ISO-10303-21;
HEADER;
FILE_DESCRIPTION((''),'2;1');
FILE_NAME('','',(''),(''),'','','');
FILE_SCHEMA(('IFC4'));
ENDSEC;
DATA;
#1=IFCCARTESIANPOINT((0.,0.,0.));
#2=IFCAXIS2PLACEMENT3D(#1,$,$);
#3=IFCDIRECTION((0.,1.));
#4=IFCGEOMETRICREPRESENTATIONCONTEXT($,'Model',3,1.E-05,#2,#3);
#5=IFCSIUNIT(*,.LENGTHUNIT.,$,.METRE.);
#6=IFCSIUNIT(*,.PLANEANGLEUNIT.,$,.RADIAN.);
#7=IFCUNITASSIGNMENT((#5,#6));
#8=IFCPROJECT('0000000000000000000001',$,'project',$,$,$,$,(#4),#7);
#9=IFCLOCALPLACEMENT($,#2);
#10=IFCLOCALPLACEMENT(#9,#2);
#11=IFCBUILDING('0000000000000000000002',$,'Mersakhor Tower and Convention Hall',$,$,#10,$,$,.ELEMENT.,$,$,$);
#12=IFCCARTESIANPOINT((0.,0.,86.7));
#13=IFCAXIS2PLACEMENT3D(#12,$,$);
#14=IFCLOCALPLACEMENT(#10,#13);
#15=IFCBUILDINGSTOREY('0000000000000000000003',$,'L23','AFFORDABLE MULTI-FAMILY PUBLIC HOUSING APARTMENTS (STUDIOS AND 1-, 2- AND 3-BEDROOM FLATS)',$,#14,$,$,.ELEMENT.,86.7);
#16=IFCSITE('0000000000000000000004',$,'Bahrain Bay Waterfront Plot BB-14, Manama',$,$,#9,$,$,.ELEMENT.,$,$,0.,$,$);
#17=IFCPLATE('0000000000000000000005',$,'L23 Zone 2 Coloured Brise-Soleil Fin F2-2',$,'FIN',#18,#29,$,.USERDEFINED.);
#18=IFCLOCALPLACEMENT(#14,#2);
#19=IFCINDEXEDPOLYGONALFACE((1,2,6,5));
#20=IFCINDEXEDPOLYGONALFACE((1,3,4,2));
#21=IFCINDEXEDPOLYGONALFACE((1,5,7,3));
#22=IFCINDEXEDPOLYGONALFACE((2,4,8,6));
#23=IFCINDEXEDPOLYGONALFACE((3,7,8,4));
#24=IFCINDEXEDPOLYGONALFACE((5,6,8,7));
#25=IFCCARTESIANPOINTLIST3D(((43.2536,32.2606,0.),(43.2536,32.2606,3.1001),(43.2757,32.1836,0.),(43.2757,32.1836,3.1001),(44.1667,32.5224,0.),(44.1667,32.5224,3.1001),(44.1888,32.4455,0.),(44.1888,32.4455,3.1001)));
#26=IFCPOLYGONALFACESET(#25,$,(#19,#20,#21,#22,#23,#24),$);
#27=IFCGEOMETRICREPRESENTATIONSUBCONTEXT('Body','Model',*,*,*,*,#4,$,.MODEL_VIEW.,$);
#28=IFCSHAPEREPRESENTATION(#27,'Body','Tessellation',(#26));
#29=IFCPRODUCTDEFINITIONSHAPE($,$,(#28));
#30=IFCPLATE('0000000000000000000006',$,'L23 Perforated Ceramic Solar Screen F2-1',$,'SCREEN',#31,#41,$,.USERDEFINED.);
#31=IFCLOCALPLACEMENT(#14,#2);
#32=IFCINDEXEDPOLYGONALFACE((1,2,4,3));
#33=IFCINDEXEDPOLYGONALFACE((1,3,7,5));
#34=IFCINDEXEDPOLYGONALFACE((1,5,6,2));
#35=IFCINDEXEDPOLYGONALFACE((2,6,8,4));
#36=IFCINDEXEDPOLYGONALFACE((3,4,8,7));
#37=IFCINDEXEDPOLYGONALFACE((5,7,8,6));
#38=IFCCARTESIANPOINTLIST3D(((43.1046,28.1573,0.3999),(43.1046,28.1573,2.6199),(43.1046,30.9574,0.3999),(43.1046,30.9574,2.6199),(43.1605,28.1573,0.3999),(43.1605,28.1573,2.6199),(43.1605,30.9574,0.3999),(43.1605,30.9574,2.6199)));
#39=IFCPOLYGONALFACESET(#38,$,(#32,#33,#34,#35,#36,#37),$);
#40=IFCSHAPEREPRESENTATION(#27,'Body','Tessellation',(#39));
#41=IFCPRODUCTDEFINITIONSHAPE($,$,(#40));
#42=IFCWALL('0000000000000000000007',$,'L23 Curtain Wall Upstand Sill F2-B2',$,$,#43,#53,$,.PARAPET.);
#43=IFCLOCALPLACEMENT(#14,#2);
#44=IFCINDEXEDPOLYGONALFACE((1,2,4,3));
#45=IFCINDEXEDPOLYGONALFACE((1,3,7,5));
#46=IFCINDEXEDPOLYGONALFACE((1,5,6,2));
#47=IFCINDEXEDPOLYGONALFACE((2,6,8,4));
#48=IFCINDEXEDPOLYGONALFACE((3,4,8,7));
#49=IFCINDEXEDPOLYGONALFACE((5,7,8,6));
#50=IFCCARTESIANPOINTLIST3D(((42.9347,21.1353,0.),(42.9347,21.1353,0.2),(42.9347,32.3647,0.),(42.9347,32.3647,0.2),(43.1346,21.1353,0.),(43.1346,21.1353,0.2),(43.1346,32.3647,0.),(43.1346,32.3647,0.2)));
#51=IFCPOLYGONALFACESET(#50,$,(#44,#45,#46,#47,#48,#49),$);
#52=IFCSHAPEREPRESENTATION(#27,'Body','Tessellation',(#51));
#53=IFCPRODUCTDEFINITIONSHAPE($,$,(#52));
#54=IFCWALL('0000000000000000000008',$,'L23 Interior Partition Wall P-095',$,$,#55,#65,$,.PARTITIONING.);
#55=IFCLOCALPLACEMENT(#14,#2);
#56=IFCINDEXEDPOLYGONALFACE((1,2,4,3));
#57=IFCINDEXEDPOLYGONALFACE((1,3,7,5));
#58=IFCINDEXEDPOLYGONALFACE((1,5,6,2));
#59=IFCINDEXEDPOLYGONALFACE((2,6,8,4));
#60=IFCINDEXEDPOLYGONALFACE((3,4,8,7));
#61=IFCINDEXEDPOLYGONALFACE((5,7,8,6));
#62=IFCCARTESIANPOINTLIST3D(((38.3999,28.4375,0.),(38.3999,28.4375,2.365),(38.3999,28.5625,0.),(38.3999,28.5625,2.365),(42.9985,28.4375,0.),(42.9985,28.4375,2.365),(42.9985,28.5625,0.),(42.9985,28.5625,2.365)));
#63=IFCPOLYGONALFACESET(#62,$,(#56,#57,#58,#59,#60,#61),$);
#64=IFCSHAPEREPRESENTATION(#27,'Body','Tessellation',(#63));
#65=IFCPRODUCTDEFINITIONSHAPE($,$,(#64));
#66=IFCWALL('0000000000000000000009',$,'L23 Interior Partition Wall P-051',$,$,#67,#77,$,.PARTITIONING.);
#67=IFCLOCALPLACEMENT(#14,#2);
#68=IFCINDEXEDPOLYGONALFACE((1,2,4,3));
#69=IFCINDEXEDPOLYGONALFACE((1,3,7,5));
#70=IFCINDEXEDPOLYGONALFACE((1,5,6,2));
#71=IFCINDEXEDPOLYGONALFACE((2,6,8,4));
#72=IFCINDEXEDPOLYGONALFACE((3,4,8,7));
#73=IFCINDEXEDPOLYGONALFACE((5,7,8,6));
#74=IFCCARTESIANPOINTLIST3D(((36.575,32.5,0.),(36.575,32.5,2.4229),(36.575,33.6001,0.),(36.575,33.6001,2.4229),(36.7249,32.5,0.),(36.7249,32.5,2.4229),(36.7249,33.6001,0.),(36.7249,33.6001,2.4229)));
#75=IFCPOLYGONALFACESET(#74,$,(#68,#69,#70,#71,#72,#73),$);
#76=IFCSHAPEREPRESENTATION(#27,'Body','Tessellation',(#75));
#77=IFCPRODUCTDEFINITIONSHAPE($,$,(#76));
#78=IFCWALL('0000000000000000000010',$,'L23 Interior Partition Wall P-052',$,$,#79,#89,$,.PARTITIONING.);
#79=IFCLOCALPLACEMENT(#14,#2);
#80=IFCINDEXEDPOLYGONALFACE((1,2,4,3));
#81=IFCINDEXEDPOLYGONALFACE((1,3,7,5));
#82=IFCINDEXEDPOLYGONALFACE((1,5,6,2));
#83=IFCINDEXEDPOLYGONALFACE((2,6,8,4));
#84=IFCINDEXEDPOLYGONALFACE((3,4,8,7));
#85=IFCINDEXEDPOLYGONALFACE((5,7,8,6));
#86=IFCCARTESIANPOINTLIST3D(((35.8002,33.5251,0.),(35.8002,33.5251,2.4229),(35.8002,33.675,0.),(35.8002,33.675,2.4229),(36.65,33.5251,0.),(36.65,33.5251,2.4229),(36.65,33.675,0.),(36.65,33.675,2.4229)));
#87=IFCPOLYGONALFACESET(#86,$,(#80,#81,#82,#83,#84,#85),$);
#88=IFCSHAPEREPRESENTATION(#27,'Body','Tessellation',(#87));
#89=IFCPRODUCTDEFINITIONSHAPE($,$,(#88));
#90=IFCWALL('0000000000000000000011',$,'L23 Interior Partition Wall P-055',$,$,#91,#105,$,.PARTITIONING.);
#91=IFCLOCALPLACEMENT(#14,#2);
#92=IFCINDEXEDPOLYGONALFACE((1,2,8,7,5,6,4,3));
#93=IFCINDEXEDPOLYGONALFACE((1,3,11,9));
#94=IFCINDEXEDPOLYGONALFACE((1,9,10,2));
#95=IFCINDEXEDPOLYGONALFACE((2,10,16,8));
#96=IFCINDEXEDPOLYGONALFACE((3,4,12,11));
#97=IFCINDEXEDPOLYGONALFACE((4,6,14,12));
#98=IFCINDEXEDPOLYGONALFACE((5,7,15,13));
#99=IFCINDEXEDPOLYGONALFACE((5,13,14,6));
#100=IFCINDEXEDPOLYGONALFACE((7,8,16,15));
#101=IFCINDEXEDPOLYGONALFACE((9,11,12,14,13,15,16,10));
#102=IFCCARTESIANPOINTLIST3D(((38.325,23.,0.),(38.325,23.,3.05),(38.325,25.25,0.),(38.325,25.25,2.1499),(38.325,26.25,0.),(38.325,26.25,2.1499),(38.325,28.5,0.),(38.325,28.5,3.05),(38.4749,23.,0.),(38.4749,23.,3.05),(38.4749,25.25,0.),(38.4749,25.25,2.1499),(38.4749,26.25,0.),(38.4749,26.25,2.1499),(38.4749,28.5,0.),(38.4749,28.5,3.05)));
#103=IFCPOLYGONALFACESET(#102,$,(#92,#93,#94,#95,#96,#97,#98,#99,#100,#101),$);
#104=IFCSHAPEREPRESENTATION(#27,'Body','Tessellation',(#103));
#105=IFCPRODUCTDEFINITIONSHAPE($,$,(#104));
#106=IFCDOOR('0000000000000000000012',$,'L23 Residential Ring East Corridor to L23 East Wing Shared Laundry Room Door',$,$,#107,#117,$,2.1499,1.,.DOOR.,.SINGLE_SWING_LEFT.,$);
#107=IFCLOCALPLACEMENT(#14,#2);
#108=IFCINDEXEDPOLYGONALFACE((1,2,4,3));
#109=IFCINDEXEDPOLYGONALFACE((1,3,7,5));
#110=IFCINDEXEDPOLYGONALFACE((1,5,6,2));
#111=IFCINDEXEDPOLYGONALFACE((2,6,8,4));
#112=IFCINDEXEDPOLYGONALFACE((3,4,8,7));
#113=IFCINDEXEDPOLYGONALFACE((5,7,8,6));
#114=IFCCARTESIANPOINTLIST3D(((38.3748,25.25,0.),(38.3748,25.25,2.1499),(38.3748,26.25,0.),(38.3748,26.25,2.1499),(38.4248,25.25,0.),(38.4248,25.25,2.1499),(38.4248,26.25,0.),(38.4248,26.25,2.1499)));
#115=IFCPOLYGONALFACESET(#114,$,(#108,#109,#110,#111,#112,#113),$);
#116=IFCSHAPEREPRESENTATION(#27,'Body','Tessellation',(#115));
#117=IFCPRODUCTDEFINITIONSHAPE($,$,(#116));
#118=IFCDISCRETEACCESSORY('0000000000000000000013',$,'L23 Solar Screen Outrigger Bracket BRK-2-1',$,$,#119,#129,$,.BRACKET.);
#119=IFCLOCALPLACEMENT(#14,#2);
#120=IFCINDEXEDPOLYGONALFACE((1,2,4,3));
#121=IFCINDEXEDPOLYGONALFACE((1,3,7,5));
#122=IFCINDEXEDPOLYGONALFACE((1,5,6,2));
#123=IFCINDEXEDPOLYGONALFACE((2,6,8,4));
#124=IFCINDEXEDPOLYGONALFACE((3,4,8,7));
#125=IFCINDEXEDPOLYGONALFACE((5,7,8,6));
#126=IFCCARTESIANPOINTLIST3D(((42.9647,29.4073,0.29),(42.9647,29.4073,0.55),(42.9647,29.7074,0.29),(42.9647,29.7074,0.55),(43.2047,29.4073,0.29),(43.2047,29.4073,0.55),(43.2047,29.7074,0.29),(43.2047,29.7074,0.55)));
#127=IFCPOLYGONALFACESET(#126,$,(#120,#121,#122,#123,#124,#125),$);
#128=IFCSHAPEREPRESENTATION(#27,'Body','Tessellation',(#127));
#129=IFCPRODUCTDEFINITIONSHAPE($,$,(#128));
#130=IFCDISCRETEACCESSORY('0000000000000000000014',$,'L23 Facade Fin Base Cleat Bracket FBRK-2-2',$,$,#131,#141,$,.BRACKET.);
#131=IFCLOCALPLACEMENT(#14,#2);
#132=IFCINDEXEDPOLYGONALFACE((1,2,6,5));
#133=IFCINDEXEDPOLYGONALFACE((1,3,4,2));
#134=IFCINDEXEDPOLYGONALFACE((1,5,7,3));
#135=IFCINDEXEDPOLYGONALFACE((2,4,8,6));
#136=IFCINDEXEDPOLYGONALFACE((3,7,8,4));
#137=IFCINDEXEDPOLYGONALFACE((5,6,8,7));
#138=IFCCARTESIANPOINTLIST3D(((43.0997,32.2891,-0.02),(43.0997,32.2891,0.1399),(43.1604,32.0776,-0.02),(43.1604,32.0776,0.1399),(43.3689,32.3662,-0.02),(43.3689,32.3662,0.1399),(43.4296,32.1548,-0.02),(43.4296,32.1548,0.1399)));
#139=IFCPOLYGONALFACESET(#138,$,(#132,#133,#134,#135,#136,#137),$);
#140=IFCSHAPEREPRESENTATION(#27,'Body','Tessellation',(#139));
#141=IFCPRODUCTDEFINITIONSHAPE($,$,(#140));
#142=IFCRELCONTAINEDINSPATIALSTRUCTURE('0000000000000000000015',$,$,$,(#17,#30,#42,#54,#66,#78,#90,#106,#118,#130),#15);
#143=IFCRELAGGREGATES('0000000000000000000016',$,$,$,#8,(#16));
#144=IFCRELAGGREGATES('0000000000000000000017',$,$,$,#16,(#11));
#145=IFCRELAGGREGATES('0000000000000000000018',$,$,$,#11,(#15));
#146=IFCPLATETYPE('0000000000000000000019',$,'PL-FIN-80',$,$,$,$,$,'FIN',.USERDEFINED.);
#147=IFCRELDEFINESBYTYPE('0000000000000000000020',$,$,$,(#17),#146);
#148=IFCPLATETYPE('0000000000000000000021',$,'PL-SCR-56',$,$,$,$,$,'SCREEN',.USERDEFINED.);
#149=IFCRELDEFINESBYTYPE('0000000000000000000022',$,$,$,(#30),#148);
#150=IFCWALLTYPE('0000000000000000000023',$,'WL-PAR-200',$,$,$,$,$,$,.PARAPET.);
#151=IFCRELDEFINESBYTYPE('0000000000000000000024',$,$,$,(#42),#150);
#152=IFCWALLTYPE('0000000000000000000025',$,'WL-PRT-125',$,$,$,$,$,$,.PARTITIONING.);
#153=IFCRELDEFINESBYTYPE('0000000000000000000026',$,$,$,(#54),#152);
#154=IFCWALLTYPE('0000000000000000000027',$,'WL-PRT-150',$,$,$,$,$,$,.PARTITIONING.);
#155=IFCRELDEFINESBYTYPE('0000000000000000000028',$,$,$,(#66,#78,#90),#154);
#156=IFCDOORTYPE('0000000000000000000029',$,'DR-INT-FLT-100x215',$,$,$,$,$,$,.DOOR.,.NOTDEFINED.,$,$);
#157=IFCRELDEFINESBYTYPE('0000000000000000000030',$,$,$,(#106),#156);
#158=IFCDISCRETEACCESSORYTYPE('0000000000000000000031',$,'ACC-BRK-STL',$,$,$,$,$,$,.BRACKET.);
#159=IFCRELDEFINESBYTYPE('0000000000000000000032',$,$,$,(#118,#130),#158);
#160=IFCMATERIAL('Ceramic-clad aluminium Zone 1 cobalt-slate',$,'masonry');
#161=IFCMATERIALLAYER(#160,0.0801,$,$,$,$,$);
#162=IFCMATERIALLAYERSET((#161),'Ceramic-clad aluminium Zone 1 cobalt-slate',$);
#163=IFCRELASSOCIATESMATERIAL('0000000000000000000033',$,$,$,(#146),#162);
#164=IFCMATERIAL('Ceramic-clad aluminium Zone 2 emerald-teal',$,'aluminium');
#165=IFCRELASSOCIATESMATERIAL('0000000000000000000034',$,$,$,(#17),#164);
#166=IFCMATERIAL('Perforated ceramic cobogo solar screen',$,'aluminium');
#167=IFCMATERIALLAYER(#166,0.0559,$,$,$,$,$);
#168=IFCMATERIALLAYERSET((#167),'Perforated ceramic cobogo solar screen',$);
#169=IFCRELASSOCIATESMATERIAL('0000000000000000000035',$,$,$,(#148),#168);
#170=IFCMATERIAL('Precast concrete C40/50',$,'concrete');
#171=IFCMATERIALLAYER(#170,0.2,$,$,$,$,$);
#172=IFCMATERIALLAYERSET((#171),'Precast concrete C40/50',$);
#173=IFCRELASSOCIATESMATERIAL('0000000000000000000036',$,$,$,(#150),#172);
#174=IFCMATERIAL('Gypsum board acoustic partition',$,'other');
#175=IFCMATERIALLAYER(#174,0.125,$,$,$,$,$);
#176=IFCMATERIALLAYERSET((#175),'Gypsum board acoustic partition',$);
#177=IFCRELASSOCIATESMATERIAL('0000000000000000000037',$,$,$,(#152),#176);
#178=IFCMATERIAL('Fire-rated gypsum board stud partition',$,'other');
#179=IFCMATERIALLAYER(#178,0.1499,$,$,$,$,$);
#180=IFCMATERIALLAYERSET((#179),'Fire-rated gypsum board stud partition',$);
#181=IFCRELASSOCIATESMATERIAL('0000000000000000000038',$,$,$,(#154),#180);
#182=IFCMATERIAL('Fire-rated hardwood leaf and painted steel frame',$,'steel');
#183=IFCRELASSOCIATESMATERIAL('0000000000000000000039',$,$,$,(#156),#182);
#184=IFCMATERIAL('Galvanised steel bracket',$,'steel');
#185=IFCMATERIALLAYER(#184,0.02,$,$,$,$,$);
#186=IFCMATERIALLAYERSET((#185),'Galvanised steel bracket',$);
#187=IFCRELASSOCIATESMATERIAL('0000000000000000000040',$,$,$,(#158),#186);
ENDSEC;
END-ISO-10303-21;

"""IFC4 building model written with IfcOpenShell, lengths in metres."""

from ifc_helpers import new_model, si_unit, direction, frame, frame_2d, origin, origin_2d, place, context, subcontext, project, spatial, rectangle, extrude, material, layer, layer_set, type_object, element, fill, save


model = new_model("IFC4")

# Units and contexts
model_context = context("Model", 3, precision=1e-05, world=origin(), true_north=direction((0.0, 1.0)))
body_context = subcontext(model_context, "Body", "Model", "MODEL_VIEW")
ifc_project = project(units=[si_unit("LENGTHUNIT", "METRE"), si_unit("PLANEANGLEUNIT", "RADIAN")], contexts=[model_context])

# Site, building, storey
site_placement = place(None, origin())
site = spatial("IfcSite", under=ifc_project, at=site_placement, Name="Bahrain Bay Waterfront Plot BB-14, Manama", CompositionType="ELEMENT", RefElevation=0.0)
building_placement = place(site_placement, origin())
building = spatial("IfcBuilding", under=site, at=building_placement, Name="Mersakhor Tower and Convention Hall", CompositionType="ELEMENT")
storey_placement = place(building_placement, frame((0.0, 0.0, 86.7)))
storey = spatial("IfcBuildingStorey", under=building, at=storey_placement, Name="L23", Description="AFFORDABLE MULTI-FAMILY PUBLIC HOUSING APARTMENTS (STUDIOS AND 1-, 2- AND 3-BEDROOM FLATS)", CompositionType="ELEMENT", Elevation=86.7)

# Plates
ifc_material_1 = material(Name="Ceramic-clad aluminium Zone 2 emerald-teal", Category="aluminium")
ifc_material_2 = material(Name="Ceramic-clad aluminium Zone 1 cobalt-slate", Category="masonry")
ifc_layer_1 = layer(ifc_material_2, 0.0801)
ifc_layer_set_1 = layer_set([ifc_layer_1], Name="Ceramic-clad aluminium Zone 1 cobalt-slate")
plate_type_1 = type_object("IfcPlateType", Name="PL-FIN-80", ElementType="FIN", PredefinedType="USERDEFINED", material=ifc_layer_set_1)
plate_1_placement = place(storey_placement, frame((43.7212, 32.353, 0.0), z_axis=(0.0, 0.0, 1.0), x_axis=(0.961262, 0.275637, 0.0)))
element("IfcPlate", 1, at=plate_1_placement, inside=storey, type_object=plate_type_1, material=ifc_material_1, Name="L23 Zone 2 Coloured Brise-Soleil Fin F2-2", ObjectType="FIN", PredefinedType="USERDEFINED", context=body_context, shape_type="SweptSolid", body=[
    extrude(rectangle(XDim=0.95, YDim=0.0801, at=origin_2d()), origin(), (0.0, 0.0, 1.0), 3.1001),
])
ifc_material_3 = material(Name="Perforated ceramic cobogo solar screen", Category="aluminium")
ifc_layer_2 = layer(ifc_material_3, 0.0559)
ifc_layer_set_2 = layer_set([ifc_layer_2], Name="Perforated ceramic cobogo solar screen")
plate_type_2 = type_object("IfcPlateType", Name="PL-SCR-56", ElementType="SCREEN", PredefinedType="USERDEFINED", material=ifc_layer_set_2)
plate_2_placement = place(storey_placement, frame((43.1326, 29.5574, 0.3999), z_axis=(0.0, 0.0, 1.0), x_axis=(0.0, -1.0, 0.0)))
element("IfcPlate", 2, at=plate_2_placement, inside=storey, type_object=plate_type_2, Name="L23 Perforated Ceramic Solar Screen F2-1", ObjectType="SCREEN", PredefinedType="USERDEFINED", context=body_context, shape_type="SweptSolid", body=[
    extrude(rectangle(XDim=2.8, YDim=0.0559, at=origin_2d()), origin(), (0.0, 0.0, 1.0), 2.22),
])

# Walls
ifc_material_4 = material(Name="Precast concrete C40/50", Category="concrete")
ifc_layer_3 = layer(ifc_material_4, 0.2)
ifc_layer_set_3 = layer_set([ifc_layer_3], Name="Precast concrete C40/50")
wall_type_1 = type_object("IfcWallType", Name="WL-PAR-200", PredefinedType="PARAPET", material=ifc_layer_set_3)
wall_1_placement = place(storey_placement, frame((43.0347, 32.3647, 0.0), z_axis=(0.0, 0.0, 1.0), x_axis=(0.0, -1.0, 0.0)))
element("IfcWall", 3, at=wall_1_placement, inside=storey, type_object=wall_type_1, Name="L23 Curtain Wall Upstand Sill F2-B2", PredefinedType="PARAPET", context=body_context, shape_type="SweptSolid", body=[
    extrude(rectangle(XDim=11.2295, YDim=0.2, at=frame_2d((5.6147, 0.0))), origin(), (0.0, 0.0, 1.0), 0.2),
])
ifc_material_5 = material(Name="Gypsum board acoustic partition", Category="other")
ifc_layer_4 = layer(ifc_material_5, 0.125)
ifc_layer_set_4 = layer_set([ifc_layer_4], Name="Gypsum board acoustic partition")
wall_type_2 = type_object("IfcWallType", Name="WL-PRT-125", PredefinedType="PARTITIONING", material=ifc_layer_set_4)
wall_2_placement = place(storey_placement, frame((42.9985, 28.5, 0.0), z_axis=(0.0, 0.0, 1.0), x_axis=(-1.0, 0.0, 0.0)))
element("IfcWall", 4, at=wall_2_placement, inside=storey, type_object=wall_type_2, Name="L23 Interior Partition Wall P-095", PredefinedType="PARTITIONING", context=body_context, shape_type="SweptSolid", body=[
    extrude(rectangle(XDim=4.5986, YDim=0.125, at=frame_2d((2.2993, 0.0))), origin(), (0.0, 0.0, 1.0), 2.365),
])
ifc_material_6 = material(Name="Fire-rated gypsum board stud partition", Category="other")
ifc_layer_5 = layer(ifc_material_6, 0.1499)
ifc_layer_set_5 = layer_set([ifc_layer_5], Name="Fire-rated gypsum board stud partition")
wall_type_3 = type_object("IfcWallType", Name="WL-PRT-150", PredefinedType="PARTITIONING", material=ifc_layer_set_5)
wall_3_placement = place(storey_placement, frame((36.6499, 32.5, 0.0), z_axis=(0.0, 0.0, 1.0), x_axis=(0.0, 1.0, 0.0)))
element("IfcWall", 5, at=wall_3_placement, inside=storey, type_object=wall_type_3, Name="L23 Interior Partition Wall P-051", PredefinedType="PARTITIONING", context=body_context, shape_type="SweptSolid", body=[
    extrude(rectangle(XDim=1.1001, YDim=0.1499, at=frame_2d((0.55, 0.0))), origin(), (0.0, 0.0, 1.0), 2.4229),
])
wall_4_placement = place(storey_placement, frame((36.6499, 33.6001, 0.0), z_axis=(0.0, 0.0, 1.0), x_axis=(-1.0, 0.0, 0.0)))
element("IfcWall", 6, at=wall_4_placement, inside=storey, type_object=wall_type_3, Name="L23 Interior Partition Wall P-052", PredefinedType="PARTITIONING", context=body_context, shape_type="SweptSolid", body=[
    extrude(rectangle(XDim=0.8499, YDim=0.1499, at=frame_2d((0.4248, 0.0))), origin(), (0.0, 0.0, 1.0), 2.4229),
])

# Wall, opening, door
wall_5_placement = place(storey_placement, frame((38.3999, 28.5, 0.0), z_axis=(0.0, 0.0, 1.0), x_axis=(0.0, -1.0, 0.0)))
wall_5 = element("IfcWall", 7, at=wall_5_placement, inside=storey, type_object=wall_type_3, Name="L23 Interior Partition Wall P-055", PredefinedType="PARTITIONING", context=body_context, shape_type="SweptSolid", body=[
    extrude(rectangle(XDim=5.5, YDim=0.1499, at=frame_2d((2.75, 0.0))), origin(), (0.0, 0.0, 1.0), 3.05),
])
opening_placement = place(wall_5_placement, frame((2.25, 0.0, 0.0)))
opening = element("IfcOpeningElement", 8, at=opening_placement, cuts=wall_5, PredefinedType="OPENING", context=body_context, shape_type="SweptSolid", body=[
    extrude(rectangle(XDim=1.0, YDim=2.1499, at=frame_2d((0.5, 1.075))), frame((0.0, 0.085, 0.0), z_axis=(0.0, -1.0, 0.0), x_axis=(1.0, 0.0, 0.0)), (0.0, 0.0, 1.0), 0.1699),
])
ifc_material_7 = material(Name="Fire-rated hardwood leaf and painted steel frame", Category="steel")
door_type = type_object("IfcDoorType", Name="DR-INT-FLT-100x215", OperationType="NOTDEFINED", PredefinedType="DOOR", material=ifc_material_7)
door_placement = place(opening_placement, origin())
door = element("IfcDoor", 9, at=door_placement, inside=storey, type_object=door_type, Name="L23 Residential Ring East Corridor to L23 East Wing Shared Laundry Room Door", OperationType="SINGLE_SWING_LEFT", OverallHeight=2.1499, OverallWidth=1.0, PredefinedType="DOOR", context=body_context, shape_type="SweptSolid", body=[
    extrude(rectangle(XDim=1.0, YDim=2.1499, at=frame_2d((0.5, 1.075))), frame((0.0, 0.0249, 0.0), z_axis=(0.0, -1.0, 0.0), x_axis=(1.0, 0.0, 0.0)), (0.0, 0.0, 1.0), 0.05),
])
fill(opening, door)

# Discrete accessories
ifc_material_8 = material(Name="Galvanised steel bracket", Category="steel")
ifc_layer_6 = layer(ifc_material_8, 0.02)
ifc_layer_set_6 = layer_set([ifc_layer_6], Name="Galvanised steel bracket")
discrete_accessory_type = type_object("IfcDiscreteAccessoryType", Name="ACC-BRK-STL", PredefinedType="BRACKET", material=ifc_layer_set_6)
discrete_accessory_1_placement = place(storey_placement, frame((43.0847, 29.5574, 0.29), z_axis=(0.0, 0.0, 1.0), x_axis=(0.0, -1.0, 0.0)))
element("IfcDiscreteAccessory", 10, at=discrete_accessory_1_placement, inside=storey, type_object=discrete_accessory_type, Name="L23 Solar Screen Outrigger Bracket BRK-2-1", PredefinedType="BRACKET", context=body_context, shape_type="SweptSolid", body=[
    extrude(rectangle(XDim=0.3, YDim=0.24, at=origin_2d()), origin(), (0.0, 0.0, 1.0), 0.26),
])
discrete_accessory_2_placement = place(storey_placement, frame((43.2646, 32.2219, -0.02), z_axis=(0.0, 0.0, 1.0), x_axis=(0.961262, 0.275637, 0.0)))
element("IfcDiscreteAccessory", 11, at=discrete_accessory_2_placement, inside=storey, type_object=discrete_accessory_type, Name="L23 Facade Fin Base Cleat Bracket FBRK-2-2", PredefinedType="BRACKET", context=body_context, shape_type="SweptSolid", body=[
    extrude(rectangle(XDim=0.28, YDim=0.22, at=origin_2d()), origin(), (0.0, 0.0, 1.0), 0.1599),
])

save(model, "model.ifc")
